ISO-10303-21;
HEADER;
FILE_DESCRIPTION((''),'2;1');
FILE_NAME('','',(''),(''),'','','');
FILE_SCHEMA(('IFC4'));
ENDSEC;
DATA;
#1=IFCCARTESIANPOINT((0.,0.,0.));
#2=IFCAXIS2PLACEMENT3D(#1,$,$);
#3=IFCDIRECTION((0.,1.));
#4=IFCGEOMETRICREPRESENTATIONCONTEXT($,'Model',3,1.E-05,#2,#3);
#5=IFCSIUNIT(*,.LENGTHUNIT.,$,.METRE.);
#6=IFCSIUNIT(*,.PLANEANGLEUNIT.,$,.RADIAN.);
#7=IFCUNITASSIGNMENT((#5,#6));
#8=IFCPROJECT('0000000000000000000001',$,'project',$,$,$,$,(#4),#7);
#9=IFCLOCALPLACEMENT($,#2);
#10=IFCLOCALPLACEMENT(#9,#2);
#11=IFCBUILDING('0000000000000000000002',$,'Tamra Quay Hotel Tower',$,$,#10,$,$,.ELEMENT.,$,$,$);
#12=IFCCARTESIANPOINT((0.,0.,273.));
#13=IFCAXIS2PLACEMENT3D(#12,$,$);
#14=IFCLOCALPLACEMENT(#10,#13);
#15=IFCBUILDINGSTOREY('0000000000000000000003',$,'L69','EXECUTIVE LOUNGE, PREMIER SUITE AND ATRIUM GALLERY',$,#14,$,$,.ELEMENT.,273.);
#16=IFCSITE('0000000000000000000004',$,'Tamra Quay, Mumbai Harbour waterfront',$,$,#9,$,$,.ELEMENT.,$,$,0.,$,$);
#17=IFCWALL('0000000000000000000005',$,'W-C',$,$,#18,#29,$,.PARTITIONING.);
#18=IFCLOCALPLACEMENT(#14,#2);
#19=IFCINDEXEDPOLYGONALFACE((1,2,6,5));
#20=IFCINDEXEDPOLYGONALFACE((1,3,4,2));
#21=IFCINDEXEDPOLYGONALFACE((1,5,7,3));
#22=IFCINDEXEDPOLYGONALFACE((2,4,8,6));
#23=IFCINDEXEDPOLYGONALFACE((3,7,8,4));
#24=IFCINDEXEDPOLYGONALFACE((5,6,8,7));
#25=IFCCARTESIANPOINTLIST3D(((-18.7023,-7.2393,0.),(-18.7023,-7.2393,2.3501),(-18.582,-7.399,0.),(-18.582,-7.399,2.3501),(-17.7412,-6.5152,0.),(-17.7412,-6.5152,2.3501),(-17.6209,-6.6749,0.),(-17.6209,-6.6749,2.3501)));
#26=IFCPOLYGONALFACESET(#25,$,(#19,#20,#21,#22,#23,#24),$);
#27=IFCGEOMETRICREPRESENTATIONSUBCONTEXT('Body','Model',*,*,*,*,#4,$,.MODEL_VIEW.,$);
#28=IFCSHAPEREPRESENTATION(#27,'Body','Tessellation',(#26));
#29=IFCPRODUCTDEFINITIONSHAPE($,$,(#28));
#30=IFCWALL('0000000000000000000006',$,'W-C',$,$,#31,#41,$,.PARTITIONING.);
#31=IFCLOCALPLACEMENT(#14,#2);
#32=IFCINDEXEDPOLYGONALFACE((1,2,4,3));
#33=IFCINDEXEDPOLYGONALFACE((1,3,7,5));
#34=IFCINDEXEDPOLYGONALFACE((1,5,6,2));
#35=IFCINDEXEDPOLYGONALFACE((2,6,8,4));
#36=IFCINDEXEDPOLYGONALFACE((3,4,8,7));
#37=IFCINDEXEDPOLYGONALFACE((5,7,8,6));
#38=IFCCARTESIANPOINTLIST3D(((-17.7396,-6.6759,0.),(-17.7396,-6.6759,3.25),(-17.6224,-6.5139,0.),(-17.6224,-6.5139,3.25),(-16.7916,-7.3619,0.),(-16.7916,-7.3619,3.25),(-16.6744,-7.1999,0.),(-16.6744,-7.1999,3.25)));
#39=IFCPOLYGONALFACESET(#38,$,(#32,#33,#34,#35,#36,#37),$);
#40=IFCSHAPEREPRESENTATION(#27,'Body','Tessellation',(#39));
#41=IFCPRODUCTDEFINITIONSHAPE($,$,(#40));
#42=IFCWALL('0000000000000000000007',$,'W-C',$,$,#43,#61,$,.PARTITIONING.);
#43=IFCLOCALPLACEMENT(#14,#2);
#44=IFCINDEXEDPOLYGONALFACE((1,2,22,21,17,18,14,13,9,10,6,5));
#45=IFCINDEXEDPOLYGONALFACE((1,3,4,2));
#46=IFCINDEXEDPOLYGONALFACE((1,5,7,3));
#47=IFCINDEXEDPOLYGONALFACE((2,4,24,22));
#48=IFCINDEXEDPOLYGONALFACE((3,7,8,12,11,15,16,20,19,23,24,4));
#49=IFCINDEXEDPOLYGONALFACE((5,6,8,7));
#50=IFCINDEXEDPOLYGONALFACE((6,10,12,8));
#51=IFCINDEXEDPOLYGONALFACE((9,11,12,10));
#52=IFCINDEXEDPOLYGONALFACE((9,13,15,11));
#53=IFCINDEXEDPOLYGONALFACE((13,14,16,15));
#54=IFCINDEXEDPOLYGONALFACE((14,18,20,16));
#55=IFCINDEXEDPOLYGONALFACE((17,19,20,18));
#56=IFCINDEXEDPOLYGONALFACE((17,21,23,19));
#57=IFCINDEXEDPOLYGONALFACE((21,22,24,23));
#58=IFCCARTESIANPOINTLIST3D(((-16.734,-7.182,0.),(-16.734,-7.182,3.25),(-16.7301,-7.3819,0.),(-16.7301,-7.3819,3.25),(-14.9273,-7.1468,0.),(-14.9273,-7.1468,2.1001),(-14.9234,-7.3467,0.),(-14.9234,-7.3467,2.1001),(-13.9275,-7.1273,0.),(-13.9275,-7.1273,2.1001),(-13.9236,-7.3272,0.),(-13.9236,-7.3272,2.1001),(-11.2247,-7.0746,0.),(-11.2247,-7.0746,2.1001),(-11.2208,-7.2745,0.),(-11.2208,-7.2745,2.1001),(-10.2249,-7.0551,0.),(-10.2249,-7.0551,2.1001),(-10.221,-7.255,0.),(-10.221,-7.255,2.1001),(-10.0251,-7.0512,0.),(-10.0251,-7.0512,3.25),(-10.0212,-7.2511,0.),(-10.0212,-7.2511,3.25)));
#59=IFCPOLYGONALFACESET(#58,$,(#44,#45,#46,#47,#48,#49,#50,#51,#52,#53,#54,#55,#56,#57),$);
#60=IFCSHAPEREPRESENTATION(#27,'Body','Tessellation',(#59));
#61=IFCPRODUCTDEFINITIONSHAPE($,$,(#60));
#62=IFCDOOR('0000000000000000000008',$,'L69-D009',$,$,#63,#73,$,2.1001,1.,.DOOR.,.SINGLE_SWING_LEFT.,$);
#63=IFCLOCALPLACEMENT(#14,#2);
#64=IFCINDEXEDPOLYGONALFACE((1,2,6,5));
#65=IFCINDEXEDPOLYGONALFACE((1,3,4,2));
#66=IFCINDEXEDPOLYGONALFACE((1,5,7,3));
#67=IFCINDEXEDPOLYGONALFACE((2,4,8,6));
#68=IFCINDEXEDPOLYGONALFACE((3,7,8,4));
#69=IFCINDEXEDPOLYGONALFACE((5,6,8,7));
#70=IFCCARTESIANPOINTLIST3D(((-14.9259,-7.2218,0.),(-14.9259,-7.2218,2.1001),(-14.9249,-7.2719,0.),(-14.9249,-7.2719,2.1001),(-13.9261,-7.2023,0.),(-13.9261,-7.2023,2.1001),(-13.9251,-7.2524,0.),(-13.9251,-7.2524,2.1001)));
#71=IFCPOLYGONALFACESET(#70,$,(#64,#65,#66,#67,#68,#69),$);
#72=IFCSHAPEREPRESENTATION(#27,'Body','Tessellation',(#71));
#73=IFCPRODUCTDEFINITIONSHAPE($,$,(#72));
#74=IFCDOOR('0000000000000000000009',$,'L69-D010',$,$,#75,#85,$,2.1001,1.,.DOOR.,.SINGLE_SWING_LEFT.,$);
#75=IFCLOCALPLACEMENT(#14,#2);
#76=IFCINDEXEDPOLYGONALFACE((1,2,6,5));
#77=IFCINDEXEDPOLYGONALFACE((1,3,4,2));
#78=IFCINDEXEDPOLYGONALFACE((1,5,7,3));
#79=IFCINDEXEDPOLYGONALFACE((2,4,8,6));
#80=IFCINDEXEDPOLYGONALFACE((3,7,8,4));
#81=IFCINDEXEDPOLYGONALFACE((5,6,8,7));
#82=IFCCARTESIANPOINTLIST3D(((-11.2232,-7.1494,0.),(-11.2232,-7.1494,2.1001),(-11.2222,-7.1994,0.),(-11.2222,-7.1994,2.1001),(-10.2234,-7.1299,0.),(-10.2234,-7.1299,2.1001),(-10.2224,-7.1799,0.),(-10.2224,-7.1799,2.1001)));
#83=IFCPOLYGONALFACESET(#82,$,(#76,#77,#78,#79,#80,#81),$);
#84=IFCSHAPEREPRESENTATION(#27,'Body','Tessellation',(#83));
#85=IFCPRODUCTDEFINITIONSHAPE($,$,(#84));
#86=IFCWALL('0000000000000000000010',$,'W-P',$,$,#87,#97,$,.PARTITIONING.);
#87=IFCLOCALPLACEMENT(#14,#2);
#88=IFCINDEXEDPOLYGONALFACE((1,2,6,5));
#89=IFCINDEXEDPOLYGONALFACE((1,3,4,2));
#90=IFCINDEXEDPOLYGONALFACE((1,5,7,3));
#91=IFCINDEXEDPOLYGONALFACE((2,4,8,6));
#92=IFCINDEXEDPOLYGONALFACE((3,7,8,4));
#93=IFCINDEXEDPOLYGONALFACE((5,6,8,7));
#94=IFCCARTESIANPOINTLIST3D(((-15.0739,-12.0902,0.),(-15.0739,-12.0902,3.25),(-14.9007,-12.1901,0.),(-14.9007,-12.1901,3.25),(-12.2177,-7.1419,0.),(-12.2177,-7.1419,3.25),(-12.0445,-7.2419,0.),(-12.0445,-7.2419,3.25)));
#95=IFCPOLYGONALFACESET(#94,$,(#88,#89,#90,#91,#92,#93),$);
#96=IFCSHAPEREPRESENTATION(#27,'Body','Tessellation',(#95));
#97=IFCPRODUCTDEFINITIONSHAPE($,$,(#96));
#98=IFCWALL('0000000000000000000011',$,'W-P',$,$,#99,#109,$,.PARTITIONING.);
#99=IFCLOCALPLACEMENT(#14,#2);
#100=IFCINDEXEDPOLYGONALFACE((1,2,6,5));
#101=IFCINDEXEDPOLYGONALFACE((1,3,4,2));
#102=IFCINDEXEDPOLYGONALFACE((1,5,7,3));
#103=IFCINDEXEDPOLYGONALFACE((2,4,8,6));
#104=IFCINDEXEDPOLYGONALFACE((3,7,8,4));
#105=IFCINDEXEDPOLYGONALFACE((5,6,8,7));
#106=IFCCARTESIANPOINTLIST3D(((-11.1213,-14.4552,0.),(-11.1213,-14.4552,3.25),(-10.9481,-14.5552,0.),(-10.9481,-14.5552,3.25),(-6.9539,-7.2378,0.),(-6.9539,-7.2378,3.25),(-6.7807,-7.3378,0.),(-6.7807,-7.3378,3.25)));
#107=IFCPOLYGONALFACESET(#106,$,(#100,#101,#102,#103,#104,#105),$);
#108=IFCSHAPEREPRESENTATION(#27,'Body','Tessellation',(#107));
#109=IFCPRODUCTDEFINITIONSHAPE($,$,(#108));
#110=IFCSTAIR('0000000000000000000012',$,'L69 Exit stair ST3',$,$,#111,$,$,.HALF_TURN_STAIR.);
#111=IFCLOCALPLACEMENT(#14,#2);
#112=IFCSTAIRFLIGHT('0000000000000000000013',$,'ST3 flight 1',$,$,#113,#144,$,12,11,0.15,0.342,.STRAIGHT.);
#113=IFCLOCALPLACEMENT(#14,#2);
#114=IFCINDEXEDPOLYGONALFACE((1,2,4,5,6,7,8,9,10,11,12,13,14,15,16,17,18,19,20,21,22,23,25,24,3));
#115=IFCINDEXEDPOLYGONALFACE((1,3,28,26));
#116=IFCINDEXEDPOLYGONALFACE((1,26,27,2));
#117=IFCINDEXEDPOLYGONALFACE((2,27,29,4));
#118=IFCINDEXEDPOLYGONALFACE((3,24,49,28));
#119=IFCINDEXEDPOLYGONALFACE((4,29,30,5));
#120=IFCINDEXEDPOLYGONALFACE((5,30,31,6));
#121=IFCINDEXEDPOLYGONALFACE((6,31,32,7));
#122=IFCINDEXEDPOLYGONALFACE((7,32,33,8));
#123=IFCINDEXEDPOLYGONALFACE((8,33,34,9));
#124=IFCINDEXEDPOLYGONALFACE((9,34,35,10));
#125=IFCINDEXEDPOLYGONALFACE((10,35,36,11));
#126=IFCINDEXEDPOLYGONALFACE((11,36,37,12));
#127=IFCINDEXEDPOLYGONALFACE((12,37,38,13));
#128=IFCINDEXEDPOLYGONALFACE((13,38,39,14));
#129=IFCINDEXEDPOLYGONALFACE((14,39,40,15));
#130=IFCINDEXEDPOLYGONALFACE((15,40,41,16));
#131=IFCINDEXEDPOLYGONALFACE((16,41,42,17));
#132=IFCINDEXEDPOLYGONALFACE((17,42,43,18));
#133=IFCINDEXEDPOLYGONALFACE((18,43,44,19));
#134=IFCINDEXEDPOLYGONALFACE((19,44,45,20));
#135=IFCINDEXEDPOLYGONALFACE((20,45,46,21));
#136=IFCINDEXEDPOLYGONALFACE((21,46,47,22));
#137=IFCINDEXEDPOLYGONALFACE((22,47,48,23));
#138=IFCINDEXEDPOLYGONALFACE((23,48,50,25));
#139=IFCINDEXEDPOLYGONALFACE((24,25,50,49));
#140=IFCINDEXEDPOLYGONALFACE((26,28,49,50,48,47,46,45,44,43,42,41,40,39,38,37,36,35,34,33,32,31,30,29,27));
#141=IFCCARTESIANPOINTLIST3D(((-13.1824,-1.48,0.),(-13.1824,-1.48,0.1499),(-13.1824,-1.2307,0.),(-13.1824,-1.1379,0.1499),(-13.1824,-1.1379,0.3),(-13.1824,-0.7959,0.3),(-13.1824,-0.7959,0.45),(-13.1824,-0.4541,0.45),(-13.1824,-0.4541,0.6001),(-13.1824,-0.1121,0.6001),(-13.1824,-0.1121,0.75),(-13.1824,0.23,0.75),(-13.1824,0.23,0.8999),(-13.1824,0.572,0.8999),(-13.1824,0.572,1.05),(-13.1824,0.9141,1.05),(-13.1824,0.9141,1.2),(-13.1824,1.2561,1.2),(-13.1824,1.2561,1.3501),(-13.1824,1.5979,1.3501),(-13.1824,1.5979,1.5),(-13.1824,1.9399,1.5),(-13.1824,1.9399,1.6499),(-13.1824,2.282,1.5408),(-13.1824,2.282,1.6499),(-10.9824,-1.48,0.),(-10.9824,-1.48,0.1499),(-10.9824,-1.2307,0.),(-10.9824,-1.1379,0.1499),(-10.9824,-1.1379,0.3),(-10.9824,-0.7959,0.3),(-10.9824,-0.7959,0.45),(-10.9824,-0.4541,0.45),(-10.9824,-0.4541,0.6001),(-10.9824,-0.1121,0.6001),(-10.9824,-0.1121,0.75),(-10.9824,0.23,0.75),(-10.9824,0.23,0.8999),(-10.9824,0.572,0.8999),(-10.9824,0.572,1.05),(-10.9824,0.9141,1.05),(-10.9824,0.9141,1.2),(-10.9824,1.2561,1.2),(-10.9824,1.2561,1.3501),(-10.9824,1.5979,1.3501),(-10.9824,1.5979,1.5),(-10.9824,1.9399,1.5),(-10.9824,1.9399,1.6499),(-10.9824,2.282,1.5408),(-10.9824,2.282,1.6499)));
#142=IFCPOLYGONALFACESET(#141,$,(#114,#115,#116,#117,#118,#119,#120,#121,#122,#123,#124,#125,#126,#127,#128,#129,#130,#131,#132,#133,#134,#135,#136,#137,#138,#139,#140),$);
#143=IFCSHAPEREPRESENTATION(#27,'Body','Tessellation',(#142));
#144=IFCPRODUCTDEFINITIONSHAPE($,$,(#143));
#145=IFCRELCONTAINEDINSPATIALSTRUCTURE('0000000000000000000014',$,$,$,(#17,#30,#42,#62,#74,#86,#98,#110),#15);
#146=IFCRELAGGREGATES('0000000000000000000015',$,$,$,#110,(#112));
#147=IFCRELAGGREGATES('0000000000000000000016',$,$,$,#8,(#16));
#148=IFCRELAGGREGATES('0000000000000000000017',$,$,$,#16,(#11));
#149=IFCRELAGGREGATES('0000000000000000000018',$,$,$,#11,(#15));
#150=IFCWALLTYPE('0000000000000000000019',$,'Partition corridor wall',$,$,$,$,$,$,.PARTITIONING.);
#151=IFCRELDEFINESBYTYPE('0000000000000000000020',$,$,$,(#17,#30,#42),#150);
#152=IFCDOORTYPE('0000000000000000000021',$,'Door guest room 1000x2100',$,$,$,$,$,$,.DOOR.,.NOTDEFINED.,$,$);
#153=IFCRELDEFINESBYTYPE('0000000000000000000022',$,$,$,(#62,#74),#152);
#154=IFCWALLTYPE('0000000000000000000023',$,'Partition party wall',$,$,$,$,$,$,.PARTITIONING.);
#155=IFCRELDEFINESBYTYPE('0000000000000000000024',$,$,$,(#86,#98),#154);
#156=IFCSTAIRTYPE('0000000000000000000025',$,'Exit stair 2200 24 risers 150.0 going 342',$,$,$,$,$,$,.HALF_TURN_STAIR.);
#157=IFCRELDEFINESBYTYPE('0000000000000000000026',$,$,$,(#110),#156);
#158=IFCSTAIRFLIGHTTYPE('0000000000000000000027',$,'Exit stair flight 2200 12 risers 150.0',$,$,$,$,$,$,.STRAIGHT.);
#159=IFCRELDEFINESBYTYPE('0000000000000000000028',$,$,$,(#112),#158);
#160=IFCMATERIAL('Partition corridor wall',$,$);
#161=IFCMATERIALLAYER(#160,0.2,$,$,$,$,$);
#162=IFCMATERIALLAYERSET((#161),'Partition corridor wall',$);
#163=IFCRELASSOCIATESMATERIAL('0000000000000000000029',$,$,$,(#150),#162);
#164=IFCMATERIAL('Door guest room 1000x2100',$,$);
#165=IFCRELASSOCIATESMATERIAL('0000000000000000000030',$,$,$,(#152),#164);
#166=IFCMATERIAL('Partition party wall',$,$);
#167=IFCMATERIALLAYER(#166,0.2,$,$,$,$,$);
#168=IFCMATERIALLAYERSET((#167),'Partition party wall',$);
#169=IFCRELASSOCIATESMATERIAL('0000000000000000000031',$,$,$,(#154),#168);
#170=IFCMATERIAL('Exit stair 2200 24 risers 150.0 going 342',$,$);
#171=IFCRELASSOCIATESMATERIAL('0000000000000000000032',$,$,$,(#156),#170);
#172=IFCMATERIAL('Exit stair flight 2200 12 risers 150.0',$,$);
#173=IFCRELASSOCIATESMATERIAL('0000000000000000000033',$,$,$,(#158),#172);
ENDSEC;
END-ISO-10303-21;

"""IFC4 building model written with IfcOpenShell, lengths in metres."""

from ifc_helpers import new_model, si_unit, direction, frame, frame_2d, origin, place, context, subcontext, project, spatial, polyline, rectangle, outline, extrude, material, layer, layer_set, type_object, element, fill, aggregate, save


model = new_model("IFC4")

# Units and contexts
model_context = context("Model", 3, precision=1e-05, world=origin(), true_north=direction((0.0, 1.0)))
body_context = subcontext(model_context, "Body", "Model", "MODEL_VIEW")
ifc_project = project(units=[si_unit("LENGTHUNIT", "METRE"), si_unit("PLANEANGLEUNIT", "RADIAN")], contexts=[model_context])

# Site, building, storey
site_placement = place(None, origin())
site = spatial("IfcSite", under=ifc_project, at=site_placement, Name="Tamra Quay, Mumbai Harbour waterfront", CompositionType="ELEMENT", RefElevation=0.0)
building_placement = place(site_placement, origin())
building = spatial("IfcBuilding", under=site, at=building_placement, Name="Tamra Quay Hotel Tower", CompositionType="ELEMENT")
storey_placement = place(building_placement, frame((0.0, 0.0, 273.0)))
storey = spatial("IfcBuildingStorey", under=building, at=storey_placement, Name="L69", Description="EXECUTIVE LOUNGE, PREMIER SUITE AND ATRIUM GALLERY", CompositionType="ELEMENT", Elevation=273.0)

# Walls
ifc_material_1 = material(Name="Partition corridor wall")
ifc_layer_1 = layer(ifc_material_1, 0.2)
ifc_layer_set_1 = layer_set([ifc_layer_1], Name="Partition corridor wall")
wall_type_1 = type_object("IfcWallType", Name="Partition corridor wall", PredefinedType="PARTITIONING", material=ifc_layer_set_1)
wall_1_placement = place(storey_placement, frame((-18.6421, -7.3191, 0.0), z_axis=(0.0, 0.0, 1.0), x_axis=(0.798708, 0.601719, 0.0)))
element("IfcWall", 1, at=wall_1_placement, inside=storey, type_object=wall_type_1, Name="W-C", PredefinedType="PARTITIONING", context=body_context, shape_type="SweptSolid", body=[
    extrude(rectangle(XDim=1.2034, YDim=0.2, at=frame_2d((0.6016, 0.0))), origin(), (0.0, 0.0, 1.0), 2.3501),
])
wall_2_placement = place(storey_placement, frame((-17.6809, -6.595, 0.0), z_axis=(0.0, 0.0, 1.0), x_axis=(0.810123, -0.58626, 0.0)))
element("IfcWall", 2, at=wall_2_placement, inside=storey, type_object=wall_type_1, Name="W-C", PredefinedType="PARTITIONING", context=body_context, shape_type="SweptSolid", body=[
    extrude(rectangle(XDim=1.1702, YDim=0.2, at=frame_2d((0.585, 0.0))), origin(), (0.0, 0.0, 1.0), 3.25),
])

# Wall, openings, doors
wall_3_placement = place(storey_placement, frame((-16.7319, -7.282, 0.0), z_axis=(0.0, 0.0, 1.0), x_axis=(0.99981, 0.019501, 0.0)))
wall_3 = element("IfcWall", 3, at=wall_3_placement, inside=storey, type_object=wall_type_1, Name="W-C", PredefinedType="PARTITIONING", context=body_context, shape_type="SweptSolid", body=[
    extrude(rectangle(XDim=6.7102, YDim=0.2, at=frame_2d((3.355, 0.0))), origin(), (0.0, 0.0, 1.0), 3.25),
])
opening_1_placement = place(wall_3_placement, frame((1.8069, 0.0, 0.0)))
opening_1 = element("IfcOpeningElement", 4, at=opening_1_placement, cuts=wall_3, PredefinedType="OPENING", context=body_context, shape_type="SweptSolid", body=[
    extrude(rectangle(XDim=1.0, YDim=2.1001, at=frame_2d((0.5, 1.05))), frame((0.0, 0.1099, 0.0), z_axis=(0.0, -1.0, 0.0), x_axis=(1.0, 0.0, 0.0)), (0.0, 0.0, 1.0), 0.22),
])
opening_2_placement = place(wall_3_placement, frame((5.5103, 0.0, 0.0)))
opening_2 = element("IfcOpeningElement", 5, at=opening_2_placement, cuts=wall_3, PredefinedType="OPENING", context=body_context, shape_type="SweptSolid", body=[
    extrude(rectangle(XDim=1.0, YDim=2.1001, at=frame_2d((0.5, 1.05))), frame((0.0, 0.1099, 0.0), z_axis=(0.0, -1.0, 0.0), x_axis=(1.0, 0.0, 0.0)), (0.0, 0.0, 1.0), 0.22),
])
ifc_material_2 = material(Name="Door guest room 1000x2100")
door_type_1 = type_object("IfcDoorType", Name="Door guest room 1000x2100", OperationType="NOTDEFINED", PredefinedType="DOOR", material=ifc_material_2)
door_1_placement = place(opening_1_placement, origin())
door_1 = element("IfcDoor", 6, at=door_1_placement, inside=storey, type_object=door_type_1, Name="L69-D009", OperationType="SINGLE_SWING_LEFT", OverallHeight=2.1001, OverallWidth=1.0, PredefinedType="DOOR", context=body_context, shape_type="SweptSolid", body=[
    extrude(rectangle(XDim=1.0, YDim=2.1001, at=frame_2d((0.5, 1.05))), frame((0.0, 0.0249, 0.0), z_axis=(0.0, -1.0, 0.0), x_axis=(1.0, 0.0, 0.0)), (0.0, 0.0, 1.0), 0.05),
])
fill(opening_1, door_1)
door_2_placement = place(opening_2_placement, frame((1.0, 0.0, 0.0), z_axis=(0.0, 0.0, 1.0), x_axis=(-1.0, 0.0, 0.0)))
door_2 = element("IfcDoor", 7, at=door_2_placement, inside=storey, type_object=door_type_1, Name="L69-D010", OperationType="SINGLE_SWING_LEFT", OverallHeight=2.1001, OverallWidth=1.0, PredefinedType="DOOR", context=body_context, shape_type="SweptSolid", body=[
    extrude(rectangle(XDim=1.0, YDim=2.1001, at=frame_2d((0.5, 1.05))), frame((0.0, 0.0249, 0.0), z_axis=(0.0, -1.0, 0.0), x_axis=(1.0, 0.0, 0.0)), (0.0, 0.0, 1.0), 0.05),
])
fill(opening_2, door_2)

# Walls
ifc_material_3 = material(Name="Partition party wall")
ifc_layer_2 = layer(ifc_material_3, 0.2)
ifc_layer_set_2 = layer_set([ifc_layer_2], Name="Partition party wall")
wall_type_2 = type_object("IfcWallType", Name="Partition party wall", PredefinedType="PARTITIONING", material=ifc_layer_set_2)
wall_4_placement = place(storey_placement, frame((-14.9873, -12.1401, 0.0), z_axis=(0.0, 0.0, 1.0), x_axis=(0.499912, 0.866076, 0.0)))
element("IfcWall", 8, at=wall_4_placement, inside=storey, type_object=wall_type_2, Name="W-P", PredefinedType="PARTITIONING", context=body_context, shape_type="SweptSolid", body=[
    extrude(rectangle(XDim=5.7134, YDim=0.2, at=frame_2d((2.8567, 0.0))), origin(), (0.0, 0.0, 1.0), 3.25),
])
wall_5_placement = place(storey_placement, frame((-11.0347, -14.5051, 0.0), z_axis=(0.0, 0.0, 1.0), x_axis=(0.500039, 0.866003, 0.0)))
element("IfcWall", 9, at=wall_5_placement, inside=storey, type_object=wall_type_2, Name="W-P", PredefinedType="PARTITIONING", context=body_context, shape_type="SweptSolid", body=[
    extrude(rectangle(XDim=8.3342, YDim=0.2, at=frame_2d((4.167, 0.0))), origin(), (0.0, 0.0, 1.0), 3.25),
])

# Stair, stair flight
ifc_material_4 = material(Name="Exit stair 2200 24 risers 150.0 going 342")
stair_type = type_object("IfcStairType", Name="Exit stair 2200 24 risers 150.0 going 342", PredefinedType="HALF_TURN_STAIR", material=ifc_material_4)
stair_placement = place(storey_placement, origin())
stair = element("IfcStair", 10, at=stair_placement, inside=storey, type_object=stair_type, Name="L69 Exit stair ST3", PredefinedType="HALF_TURN_STAIR")
ifc_material_5 = material(Name="Exit stair flight 2200 12 risers 150.0")
stair_flight_type = type_object("IfcStairFlightType", Name="Exit stair flight 2200 12 risers 150.0", PredefinedType="STRAIGHT", material=ifc_material_5)
stair_flight_placement = place(storey_placement, frame((-12.0823, -1.48, 0.0), z_axis=(0.0, 0.0, 1.0), x_axis=(0.0, 1.0, 0.0)))
stair_flight = element("IfcStairFlight", 11, at=stair_flight_placement, type_object=stair_flight_type, Name="ST3 flight 1", NumberOfRisers=12, NumberOfTreads=11, PredefinedType="STRAIGHT", RiserHeight=0.15, TreadLength=0.342, context=body_context, shape_type="SweptSolid", body=[
    extrude(outline(polyline([(0.0, 0.0), (0.0, 0.1499), (0.342, 0.1499), (0.342, 0.3), (0.6841, 0.3), (0.6841, 0.45), (1.0259, 0.45), (1.0259, 0.6001), (1.3679, 0.6001), (1.3679, 0.75), (1.71, 0.75), (1.71, 0.8999), (2.052, 0.8999), (2.052, 1.05), (2.394, 1.05), (2.394, 1.2), (2.7361, 1.2), (2.7361, 1.3501), (3.0779, 1.3501), (3.0779, 1.5), (3.4199, 1.5), (3.4199, 1.6499), (3.762, 1.6499), (3.762, 1.8), (3.762, 1.5408), (0.2493, 0.0), (0.0, 0.0)])), frame((0.0, 1.1001, 0.0), z_axis=(0.0, -1.0, 0.0), x_axis=(1.0, 0.0, 0.0)), (0.0, 0.0, 1.0), 2.2),
])
aggregate(stair, [stair_flight])

save(model, "model.ifc")
